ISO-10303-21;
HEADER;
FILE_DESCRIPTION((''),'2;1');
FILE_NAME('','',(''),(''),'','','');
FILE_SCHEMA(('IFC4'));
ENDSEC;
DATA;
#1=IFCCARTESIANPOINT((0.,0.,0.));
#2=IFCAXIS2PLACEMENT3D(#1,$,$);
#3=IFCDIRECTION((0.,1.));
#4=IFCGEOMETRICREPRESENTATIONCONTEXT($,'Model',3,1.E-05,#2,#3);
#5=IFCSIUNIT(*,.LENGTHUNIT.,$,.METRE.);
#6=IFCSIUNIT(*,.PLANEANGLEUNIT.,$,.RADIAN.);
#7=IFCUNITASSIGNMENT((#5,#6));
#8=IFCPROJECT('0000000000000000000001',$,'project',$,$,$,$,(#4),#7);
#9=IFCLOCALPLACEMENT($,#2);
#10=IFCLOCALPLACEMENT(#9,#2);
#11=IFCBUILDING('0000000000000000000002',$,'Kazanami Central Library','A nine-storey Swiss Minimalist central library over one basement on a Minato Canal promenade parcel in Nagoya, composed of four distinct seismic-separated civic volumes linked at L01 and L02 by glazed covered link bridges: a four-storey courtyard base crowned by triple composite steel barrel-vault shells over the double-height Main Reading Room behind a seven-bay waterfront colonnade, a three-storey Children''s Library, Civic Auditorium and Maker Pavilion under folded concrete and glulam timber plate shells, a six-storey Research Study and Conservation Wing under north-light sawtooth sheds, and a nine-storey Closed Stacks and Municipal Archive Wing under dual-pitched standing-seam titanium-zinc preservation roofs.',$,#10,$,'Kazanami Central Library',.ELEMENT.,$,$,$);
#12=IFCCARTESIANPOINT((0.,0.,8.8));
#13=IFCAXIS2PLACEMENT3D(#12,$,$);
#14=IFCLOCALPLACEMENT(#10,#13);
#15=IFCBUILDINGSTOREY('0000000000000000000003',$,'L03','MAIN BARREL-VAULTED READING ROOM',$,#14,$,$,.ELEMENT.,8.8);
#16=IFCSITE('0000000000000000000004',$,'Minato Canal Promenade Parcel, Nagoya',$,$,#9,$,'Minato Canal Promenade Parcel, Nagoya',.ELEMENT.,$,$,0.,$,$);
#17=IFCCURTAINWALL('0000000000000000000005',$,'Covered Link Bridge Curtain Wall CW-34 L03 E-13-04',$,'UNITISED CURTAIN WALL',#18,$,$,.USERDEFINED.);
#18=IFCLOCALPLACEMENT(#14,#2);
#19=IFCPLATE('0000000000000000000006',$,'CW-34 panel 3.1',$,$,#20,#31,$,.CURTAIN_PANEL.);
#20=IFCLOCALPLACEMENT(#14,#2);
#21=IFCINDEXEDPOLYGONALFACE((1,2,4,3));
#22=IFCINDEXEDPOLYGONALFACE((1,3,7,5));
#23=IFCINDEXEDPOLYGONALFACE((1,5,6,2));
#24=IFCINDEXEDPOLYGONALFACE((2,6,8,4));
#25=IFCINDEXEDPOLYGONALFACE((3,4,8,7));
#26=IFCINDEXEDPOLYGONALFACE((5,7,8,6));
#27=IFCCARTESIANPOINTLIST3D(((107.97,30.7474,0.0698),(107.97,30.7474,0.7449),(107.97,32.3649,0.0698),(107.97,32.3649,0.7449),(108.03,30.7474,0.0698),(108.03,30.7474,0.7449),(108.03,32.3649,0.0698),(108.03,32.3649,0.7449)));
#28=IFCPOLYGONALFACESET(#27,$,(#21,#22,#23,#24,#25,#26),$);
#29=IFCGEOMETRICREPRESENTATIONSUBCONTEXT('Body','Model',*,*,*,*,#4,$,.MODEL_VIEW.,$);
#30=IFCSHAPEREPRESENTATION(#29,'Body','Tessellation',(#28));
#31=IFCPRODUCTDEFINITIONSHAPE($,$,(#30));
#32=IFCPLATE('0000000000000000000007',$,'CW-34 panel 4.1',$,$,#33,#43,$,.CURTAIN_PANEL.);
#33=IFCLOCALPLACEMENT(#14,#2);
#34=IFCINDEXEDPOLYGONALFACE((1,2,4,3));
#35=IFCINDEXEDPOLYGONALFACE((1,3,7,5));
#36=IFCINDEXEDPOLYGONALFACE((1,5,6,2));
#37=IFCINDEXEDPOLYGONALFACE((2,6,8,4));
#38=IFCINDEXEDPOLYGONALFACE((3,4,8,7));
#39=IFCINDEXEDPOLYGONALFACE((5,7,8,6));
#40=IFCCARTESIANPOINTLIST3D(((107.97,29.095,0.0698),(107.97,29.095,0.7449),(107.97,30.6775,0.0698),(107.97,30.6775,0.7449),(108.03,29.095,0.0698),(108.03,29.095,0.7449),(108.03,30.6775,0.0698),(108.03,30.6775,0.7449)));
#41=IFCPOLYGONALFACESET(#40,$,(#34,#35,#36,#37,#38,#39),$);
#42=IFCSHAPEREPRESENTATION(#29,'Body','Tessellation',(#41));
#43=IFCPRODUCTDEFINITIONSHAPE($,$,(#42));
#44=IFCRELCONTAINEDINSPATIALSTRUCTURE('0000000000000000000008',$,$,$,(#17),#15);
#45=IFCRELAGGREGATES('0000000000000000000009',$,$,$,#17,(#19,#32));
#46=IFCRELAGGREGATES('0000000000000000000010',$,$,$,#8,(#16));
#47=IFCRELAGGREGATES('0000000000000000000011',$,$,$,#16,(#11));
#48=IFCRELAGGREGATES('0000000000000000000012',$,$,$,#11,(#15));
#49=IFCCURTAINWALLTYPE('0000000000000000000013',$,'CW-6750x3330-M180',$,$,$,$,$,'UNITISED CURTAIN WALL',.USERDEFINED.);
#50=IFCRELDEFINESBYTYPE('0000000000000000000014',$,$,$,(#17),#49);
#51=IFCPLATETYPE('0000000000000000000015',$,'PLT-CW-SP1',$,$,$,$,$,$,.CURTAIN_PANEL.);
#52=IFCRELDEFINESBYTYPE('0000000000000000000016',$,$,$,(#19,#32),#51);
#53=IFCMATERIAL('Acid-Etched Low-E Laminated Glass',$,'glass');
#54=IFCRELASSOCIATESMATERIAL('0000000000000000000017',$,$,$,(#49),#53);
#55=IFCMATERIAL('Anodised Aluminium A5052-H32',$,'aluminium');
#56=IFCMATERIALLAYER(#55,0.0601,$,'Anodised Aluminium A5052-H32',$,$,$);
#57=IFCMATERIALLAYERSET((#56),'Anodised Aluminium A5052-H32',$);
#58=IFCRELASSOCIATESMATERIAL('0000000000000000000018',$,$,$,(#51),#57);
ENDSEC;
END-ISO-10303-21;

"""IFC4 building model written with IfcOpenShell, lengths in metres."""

from ifc_helpers import new_model, si_unit, direction, frame, origin, origin_2d, place, context, subcontext, project, spatial, rectangle, extrude, material, layer, layer_set, type_object, element, aggregate, save


model = new_model("IFC4")

# Units and contexts
model_context = context("Model", 3, precision=1e-05, world=origin(), true_north=direction((0.0, 1.0)))
body_context = subcontext(model_context, "Body", "Model", "MODEL_VIEW")
ifc_project = project(units=[si_unit("LENGTHUNIT", "METRE"), si_unit("PLANEANGLEUNIT", "RADIAN")], contexts=[model_context])

# Site, building, storey
site_placement = place(None, origin())
site = spatial("IfcSite", under=ifc_project, at=site_placement, Name="Minato Canal Promenade Parcel, Nagoya", LongName="Minato Canal Promenade Parcel, Nagoya", CompositionType="ELEMENT", RefElevation=0.0)
building_placement = place(site_placement, origin())
building = spatial("IfcBuilding", under=site, at=building_placement, Name="Kazanami Central Library", Description="A nine-storey Swiss Minimalist central library over one basement on a Minato Canal promenade parcel in Nagoya, composed of four distinct seismic-separated civic volumes linked at L01 and L02 by glazed covered link bridges: a four-storey courtyard base crowned by triple composite steel barrel-vault shells over the double-height Main Reading Room behind a seven-bay waterfront colonnade, a three-storey Children's Library, Civic Auditorium and Maker Pavilion under folded concrete and glulam timber plate shells, a six-storey Research Study and Conservation Wing under north-light sawtooth sheds, and a nine-storey Closed Stacks and Municipal Archive Wing under dual-pitched standing-seam titanium-zinc preservation roofs.", LongName="Kazanami Central Library", CompositionType="ELEMENT")
storey_placement = place(building_placement, frame((0.0, 0.0, 8.8)))
storey = spatial("IfcBuildingStorey", under=building, at=storey_placement, Name="L03", Description="MAIN BARREL-VAULTED READING ROOM", CompositionType="ELEMENT", Elevation=8.8)

# Curtain wall
ifc_material_1 = material(Name="Acid-Etched Low-E Laminated Glass", Category="glass")
curtain_wall_type = type_object("IfcCurtainWallType", Name="CW-6750x3330-M180", ElementType="UNITISED CURTAIN WALL", PredefinedType="USERDEFINED", material=ifc_material_1)
curtain_wall_1_placement = place(storey_placement, origin())
curtain_wall_1 = element("IfcCurtainWall", 1, at=curtain_wall_1_placement, inside=storey, type_object=curtain_wall_type, Name="Covered Link Bridge Curtain Wall CW-34 L03 E-13-04", ObjectType="UNITISED CURTAIN WALL", PredefinedType="USERDEFINED")

# Plates
ifc_material_2 = material(Name="Anodised Aluminium A5052-H32", Category="aluminium")
ifc_layer_1 = layer(ifc_material_2, 0.0601, Name="Anodised Aluminium A5052-H32")
ifc_layer_set_1 = layer_set([ifc_layer_1], Name="Anodised Aluminium A5052-H32")
plate_type_1 = type_object("IfcPlateType", Name="PLT-CW-SP1", PredefinedType="CURTAIN_PANEL", material=ifc_layer_set_1)
plate_1_placement = place(storey_placement, frame((108.0, 31.5562, 0.0698), z_axis=(0.0, 0.0, 1.0), x_axis=(0.0, -1.0, 0.0)))
plate_1 = element("IfcPlate", 2, at=plate_1_placement, type_object=plate_type_1, Name="CW-34 panel 3.1", PredefinedType="CURTAIN_PANEL", context=body_context, shape_type="SweptSolid", body=[
    extrude(rectangle(XDim=1.6174, YDim=0.0601, at=origin_2d()), origin(), (0.0, 0.0, 1.0), 0.675),
])
plate_2_placement = place(storey_placement, frame((108.0, 29.8862, 0.0698), z_axis=(0.0, 0.0, 1.0), x_axis=(0.0, -1.0, 0.0)))
plate_2 = element("IfcPlate", 3, at=plate_2_placement, type_object=plate_type_1, Name="CW-34 panel 4.1", PredefinedType="CURTAIN_PANEL", context=body_context, shape_type="SweptSolid", body=[
    extrude(rectangle(XDim=1.5825, YDim=0.0601, at=origin_2d()), origin(), (0.0, 0.0, 1.0), 0.675),
])
aggregate(curtain_wall_1, [plate_1, plate_2])

save(model, "model.ifc")
